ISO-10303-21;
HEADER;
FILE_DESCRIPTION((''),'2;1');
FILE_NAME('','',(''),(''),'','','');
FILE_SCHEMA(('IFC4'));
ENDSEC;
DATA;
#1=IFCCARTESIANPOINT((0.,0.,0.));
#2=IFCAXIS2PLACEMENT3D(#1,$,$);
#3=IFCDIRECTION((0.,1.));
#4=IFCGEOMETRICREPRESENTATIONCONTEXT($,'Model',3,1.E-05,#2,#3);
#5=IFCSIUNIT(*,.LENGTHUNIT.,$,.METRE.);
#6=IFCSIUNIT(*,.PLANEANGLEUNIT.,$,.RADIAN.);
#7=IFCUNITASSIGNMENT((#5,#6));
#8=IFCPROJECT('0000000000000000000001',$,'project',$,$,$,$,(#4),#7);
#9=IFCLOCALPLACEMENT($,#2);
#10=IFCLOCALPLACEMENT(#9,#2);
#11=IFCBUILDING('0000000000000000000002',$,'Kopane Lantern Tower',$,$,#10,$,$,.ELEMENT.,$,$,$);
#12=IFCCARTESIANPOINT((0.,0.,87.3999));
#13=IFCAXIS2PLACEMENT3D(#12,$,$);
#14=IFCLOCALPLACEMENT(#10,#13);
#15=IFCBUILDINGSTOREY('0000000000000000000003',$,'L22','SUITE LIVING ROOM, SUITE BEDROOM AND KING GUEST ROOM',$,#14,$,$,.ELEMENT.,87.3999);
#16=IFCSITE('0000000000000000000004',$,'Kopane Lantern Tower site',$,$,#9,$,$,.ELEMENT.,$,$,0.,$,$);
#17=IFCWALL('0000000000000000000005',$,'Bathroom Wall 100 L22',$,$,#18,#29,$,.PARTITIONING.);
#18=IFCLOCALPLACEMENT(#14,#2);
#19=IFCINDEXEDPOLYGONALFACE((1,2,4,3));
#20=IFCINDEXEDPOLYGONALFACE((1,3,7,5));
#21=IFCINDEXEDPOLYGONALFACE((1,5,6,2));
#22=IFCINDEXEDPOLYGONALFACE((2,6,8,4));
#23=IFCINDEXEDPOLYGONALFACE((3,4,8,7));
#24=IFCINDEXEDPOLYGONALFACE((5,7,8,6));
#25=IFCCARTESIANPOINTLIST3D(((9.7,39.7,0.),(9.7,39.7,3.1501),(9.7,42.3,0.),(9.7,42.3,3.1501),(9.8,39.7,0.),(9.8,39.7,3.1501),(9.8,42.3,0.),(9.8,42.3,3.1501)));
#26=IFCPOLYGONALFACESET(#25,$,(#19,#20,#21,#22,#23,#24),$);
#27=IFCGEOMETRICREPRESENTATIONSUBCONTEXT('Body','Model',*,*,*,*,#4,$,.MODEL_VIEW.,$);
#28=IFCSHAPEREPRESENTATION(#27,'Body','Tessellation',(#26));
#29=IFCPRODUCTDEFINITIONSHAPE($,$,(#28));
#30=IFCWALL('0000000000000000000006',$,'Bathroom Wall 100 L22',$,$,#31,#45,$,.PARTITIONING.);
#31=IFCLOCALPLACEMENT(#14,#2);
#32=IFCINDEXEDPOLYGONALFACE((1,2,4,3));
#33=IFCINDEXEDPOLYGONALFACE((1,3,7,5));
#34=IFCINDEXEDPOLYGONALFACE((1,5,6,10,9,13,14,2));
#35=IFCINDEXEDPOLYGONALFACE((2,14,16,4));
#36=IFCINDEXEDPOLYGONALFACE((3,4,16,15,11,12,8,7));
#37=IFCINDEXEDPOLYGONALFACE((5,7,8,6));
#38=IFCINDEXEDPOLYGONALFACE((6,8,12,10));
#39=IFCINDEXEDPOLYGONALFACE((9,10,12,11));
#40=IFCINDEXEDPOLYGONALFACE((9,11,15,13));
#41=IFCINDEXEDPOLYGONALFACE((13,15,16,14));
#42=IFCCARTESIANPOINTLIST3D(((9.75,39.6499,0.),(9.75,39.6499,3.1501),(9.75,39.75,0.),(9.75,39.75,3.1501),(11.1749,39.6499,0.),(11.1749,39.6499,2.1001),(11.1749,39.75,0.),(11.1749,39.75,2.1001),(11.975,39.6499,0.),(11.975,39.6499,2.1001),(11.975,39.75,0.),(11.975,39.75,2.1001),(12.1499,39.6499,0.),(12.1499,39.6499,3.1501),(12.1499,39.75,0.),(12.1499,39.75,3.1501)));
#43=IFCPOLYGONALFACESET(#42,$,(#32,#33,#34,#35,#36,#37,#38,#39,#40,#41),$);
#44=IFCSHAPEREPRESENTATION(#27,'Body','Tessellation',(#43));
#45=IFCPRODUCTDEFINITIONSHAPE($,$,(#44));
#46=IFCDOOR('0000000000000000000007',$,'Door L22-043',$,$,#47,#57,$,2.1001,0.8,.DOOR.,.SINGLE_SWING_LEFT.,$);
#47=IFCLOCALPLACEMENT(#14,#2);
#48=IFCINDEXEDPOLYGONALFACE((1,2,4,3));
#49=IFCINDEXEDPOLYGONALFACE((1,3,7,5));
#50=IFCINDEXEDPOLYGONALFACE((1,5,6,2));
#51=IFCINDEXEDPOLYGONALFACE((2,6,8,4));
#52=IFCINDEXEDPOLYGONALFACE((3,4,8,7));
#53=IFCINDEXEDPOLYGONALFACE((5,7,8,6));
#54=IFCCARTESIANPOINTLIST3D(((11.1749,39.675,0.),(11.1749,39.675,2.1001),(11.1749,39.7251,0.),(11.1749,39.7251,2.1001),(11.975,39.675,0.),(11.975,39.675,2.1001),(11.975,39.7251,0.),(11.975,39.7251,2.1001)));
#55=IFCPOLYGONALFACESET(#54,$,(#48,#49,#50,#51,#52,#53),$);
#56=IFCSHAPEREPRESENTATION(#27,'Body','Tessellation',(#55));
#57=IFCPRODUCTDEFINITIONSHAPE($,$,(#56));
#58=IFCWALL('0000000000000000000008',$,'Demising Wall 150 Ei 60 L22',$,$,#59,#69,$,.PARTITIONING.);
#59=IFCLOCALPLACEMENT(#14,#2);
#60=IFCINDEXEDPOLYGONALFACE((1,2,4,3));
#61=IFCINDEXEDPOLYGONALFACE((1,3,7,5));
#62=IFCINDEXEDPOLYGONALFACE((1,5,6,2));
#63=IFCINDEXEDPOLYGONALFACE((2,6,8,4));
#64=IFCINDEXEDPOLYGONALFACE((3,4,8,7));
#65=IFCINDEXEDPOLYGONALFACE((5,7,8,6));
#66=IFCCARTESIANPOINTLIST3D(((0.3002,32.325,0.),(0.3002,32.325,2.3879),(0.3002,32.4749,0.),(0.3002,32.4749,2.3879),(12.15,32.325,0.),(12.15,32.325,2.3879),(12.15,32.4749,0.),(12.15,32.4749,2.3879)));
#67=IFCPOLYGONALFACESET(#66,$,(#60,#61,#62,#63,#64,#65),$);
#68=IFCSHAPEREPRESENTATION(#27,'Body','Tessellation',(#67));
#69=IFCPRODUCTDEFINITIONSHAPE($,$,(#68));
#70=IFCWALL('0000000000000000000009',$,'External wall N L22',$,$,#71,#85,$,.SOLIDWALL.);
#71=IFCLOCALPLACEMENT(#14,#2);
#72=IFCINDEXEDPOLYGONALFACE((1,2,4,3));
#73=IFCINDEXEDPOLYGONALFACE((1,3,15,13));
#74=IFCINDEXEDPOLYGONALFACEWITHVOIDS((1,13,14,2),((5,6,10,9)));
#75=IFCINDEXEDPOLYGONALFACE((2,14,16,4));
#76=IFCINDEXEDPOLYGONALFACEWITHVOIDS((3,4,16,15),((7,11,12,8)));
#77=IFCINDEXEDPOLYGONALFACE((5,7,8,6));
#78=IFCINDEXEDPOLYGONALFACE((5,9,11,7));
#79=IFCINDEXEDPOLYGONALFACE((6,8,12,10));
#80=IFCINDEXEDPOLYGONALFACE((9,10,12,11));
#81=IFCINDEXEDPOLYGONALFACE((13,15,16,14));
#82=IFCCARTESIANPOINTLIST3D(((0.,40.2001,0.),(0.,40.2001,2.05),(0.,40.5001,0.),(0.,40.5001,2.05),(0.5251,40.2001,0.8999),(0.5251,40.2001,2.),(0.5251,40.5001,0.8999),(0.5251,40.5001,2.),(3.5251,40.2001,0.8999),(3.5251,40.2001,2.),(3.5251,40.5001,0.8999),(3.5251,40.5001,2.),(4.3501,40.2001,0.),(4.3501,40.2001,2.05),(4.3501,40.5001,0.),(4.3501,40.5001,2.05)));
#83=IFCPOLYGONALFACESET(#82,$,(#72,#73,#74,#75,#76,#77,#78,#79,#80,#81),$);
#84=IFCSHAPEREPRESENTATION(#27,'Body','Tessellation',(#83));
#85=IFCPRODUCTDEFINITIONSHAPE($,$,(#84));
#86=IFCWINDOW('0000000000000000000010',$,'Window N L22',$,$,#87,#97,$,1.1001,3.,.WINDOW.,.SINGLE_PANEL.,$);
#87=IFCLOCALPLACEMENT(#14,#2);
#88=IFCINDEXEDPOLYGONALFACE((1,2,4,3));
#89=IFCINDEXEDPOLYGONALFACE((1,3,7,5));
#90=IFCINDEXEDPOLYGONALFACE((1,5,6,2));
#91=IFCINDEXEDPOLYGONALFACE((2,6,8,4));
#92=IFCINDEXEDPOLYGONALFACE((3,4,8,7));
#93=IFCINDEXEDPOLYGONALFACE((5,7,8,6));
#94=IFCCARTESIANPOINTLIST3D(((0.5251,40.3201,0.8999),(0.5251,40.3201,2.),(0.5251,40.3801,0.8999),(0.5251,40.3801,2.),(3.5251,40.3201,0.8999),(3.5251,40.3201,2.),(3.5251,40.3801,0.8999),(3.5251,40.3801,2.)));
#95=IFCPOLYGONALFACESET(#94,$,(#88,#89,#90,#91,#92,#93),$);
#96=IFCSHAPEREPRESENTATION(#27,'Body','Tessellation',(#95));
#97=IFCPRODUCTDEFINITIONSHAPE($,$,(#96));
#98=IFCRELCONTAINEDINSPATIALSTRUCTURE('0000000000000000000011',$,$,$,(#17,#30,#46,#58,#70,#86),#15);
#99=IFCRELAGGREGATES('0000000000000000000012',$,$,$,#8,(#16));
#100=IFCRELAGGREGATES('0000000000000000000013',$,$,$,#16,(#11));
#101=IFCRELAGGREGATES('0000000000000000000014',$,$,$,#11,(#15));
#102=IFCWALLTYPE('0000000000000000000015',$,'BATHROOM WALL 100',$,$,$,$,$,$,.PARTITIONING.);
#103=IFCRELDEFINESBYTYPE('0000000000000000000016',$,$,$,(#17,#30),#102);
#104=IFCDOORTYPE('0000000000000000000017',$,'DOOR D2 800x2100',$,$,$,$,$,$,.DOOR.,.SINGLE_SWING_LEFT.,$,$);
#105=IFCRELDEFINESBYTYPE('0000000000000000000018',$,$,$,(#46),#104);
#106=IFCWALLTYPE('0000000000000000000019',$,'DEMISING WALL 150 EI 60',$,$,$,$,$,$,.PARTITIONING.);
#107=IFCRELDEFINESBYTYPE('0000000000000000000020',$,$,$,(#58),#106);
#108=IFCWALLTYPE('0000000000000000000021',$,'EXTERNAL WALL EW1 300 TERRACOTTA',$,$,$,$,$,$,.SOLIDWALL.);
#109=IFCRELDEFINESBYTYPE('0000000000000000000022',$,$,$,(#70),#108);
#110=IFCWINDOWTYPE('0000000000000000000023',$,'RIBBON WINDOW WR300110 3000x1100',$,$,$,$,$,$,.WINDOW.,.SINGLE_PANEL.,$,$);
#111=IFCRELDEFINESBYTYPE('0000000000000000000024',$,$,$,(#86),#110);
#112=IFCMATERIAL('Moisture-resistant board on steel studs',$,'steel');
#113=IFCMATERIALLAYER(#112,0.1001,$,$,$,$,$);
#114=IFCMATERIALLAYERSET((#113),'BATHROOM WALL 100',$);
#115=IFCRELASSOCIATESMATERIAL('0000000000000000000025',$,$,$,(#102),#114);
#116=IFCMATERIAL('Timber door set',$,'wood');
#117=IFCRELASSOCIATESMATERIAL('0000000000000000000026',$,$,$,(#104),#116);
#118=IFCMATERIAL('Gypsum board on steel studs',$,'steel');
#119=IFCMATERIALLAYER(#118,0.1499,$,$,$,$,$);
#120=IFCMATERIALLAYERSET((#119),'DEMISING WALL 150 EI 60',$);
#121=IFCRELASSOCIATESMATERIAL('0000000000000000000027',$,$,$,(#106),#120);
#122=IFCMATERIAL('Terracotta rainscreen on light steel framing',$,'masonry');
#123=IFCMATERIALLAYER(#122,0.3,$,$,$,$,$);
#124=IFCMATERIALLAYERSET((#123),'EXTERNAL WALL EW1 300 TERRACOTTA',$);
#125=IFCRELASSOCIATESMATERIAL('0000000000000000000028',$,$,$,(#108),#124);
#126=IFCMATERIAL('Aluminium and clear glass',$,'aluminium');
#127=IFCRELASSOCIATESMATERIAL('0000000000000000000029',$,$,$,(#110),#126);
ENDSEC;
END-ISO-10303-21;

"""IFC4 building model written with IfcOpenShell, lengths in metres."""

from ifc_helpers import new_model, si_unit, direction, frame, frame_2d, origin, place, context, subcontext, project, spatial, rectangle, extrude, material, layer, layer_set, type_object, element, fill, save


model = new_model("IFC4")

# Units and contexts
model_context = context("Model", 3, precision=1e-05, world=origin(), true_north=direction((0.0, 1.0)))
body_context = subcontext(model_context, "Body", "Model", "MODEL_VIEW")
ifc_project = project(units=[si_unit("LENGTHUNIT", "METRE"), si_unit("PLANEANGLEUNIT", "RADIAN")], contexts=[model_context])

# Site, building, storey
site_placement = place(None, origin())
site = spatial("IfcSite", under=ifc_project, at=site_placement, Name="Kopane Lantern Tower site", CompositionType="ELEMENT", RefElevation=0.0)
building_placement = place(site_placement, origin())
building = spatial("IfcBuilding", under=site, at=building_placement, Name="Kopane Lantern Tower", CompositionType="ELEMENT")
storey_placement = place(building_placement, frame((0.0, 0.0, 87.3999)))
storey = spatial("IfcBuildingStorey", under=building, at=storey_placement, Name="L22", Description="SUITE LIVING ROOM, SUITE BEDROOM AND KING GUEST ROOM", CompositionType="ELEMENT", Elevation=87.3999)

# Shared definitions
ifc_material_1 = material(Name="Moisture-resistant board on steel studs", Category="steel")
ifc_layer_1 = layer(ifc_material_1, 0.1001)
ifc_layer_set_1 = layer_set([ifc_layer_1], Name="BATHROOM WALL 100")
wall_type_1 = type_object("IfcWallType", Name="BATHROOM WALL 100", PredefinedType="PARTITIONING", material=ifc_layer_set_1)

# Shared definitions
ifc_material_2 = material(Name="Timber door set", Category="wood")
door_type_1 = type_object("IfcDoorType", Name="DOOR D2 800x2100", OperationType="SINGLE_SWING_LEFT", PredefinedType="DOOR", material=ifc_material_2)

# Wall
wall_1_placement = place(storey_placement, frame((9.75, 39.7, 0.0), z_axis=(0.0, 0.0, 1.0), x_axis=(0.0, 1.0, 0.0)))
element("IfcWall", 1, at=wall_1_placement, inside=storey, type_object=wall_type_1, Name="Bathroom Wall 100 L22", PredefinedType="PARTITIONING", context=body_context, shape_type="SweptSolid", body=[
    extrude(rectangle(XDim=2.6001, YDim=0.1001, at=frame_2d((1.3, 0.0))), origin(), (0.0, 0.0, 1.0), 3.1501),
])

# Wall, opening, door
wall_2_placement = place(storey_placement, frame((12.1499, 39.7, 0.0), z_axis=(0.0, 0.0, 1.0), x_axis=(-1.0, 0.0, 0.0)))
wall_2 = element("IfcWall", 2, at=wall_2_placement, inside=storey, type_object=wall_type_1, Name="Bathroom Wall 100 L22", PredefinedType="PARTITIONING", context=body_context, shape_type="SweptSolid", body=[
    extrude(rectangle(XDim=2.3999, YDim=0.1001, at=frame_2d((1.2, 0.0))), origin(), (0.0, 0.0, 1.0), 3.1501),
])
opening_1_placement = place(wall_2_placement, frame((0.175, 0.0, 0.0)))
opening_1 = element("IfcOpeningElement", 3, at=opening_1_placement, cuts=wall_2, PredefinedType="OPENING", context=body_context, shape_type="SweptSolid", body=[
    extrude(rectangle(XDim=0.8, YDim=2.1001, at=frame_2d((0.3999, 1.05))), frame((0.0, 0.0601, 0.0), z_axis=(0.0, -1.0, 0.0), x_axis=(1.0, 0.0, 0.0)), (0.0, 0.0, 1.0), 0.1201),
])
door_1_placement = place(opening_1_placement, origin())
door_1 = element("IfcDoor", 4, at=door_1_placement, inside=storey, type_object=door_type_1, Name="Door L22-043", OperationType="SINGLE_SWING_LEFT", OverallHeight=2.1001, OverallWidth=0.8, PredefinedType="DOOR", context=body_context, shape_type="SweptSolid", body=[
    extrude(rectangle(XDim=0.8, YDim=2.1001, at=frame_2d((0.3999, 1.05))), frame((0.0, 0.0249, 0.0), z_axis=(0.0, -1.0, 0.0), x_axis=(1.0, 0.0, 0.0)), (0.0, 0.0, 1.0), 0.05),
])
fill(opening_1, door_1)

# Wall
ifc_material_3 = material(Name="Gypsum board on steel studs", Category="steel")
ifc_layer_2 = layer(ifc_material_3, 0.1499)
ifc_layer_set_2 = layer_set([ifc_layer_2], Name="DEMISING WALL 150 EI 60")
wall_type_2 = type_object("IfcWallType", Name="DEMISING WALL 150 EI 60", PredefinedType="PARTITIONING", material=ifc_layer_set_2)
wall_3_placement = place(storey_placement, frame((12.1499, 32.3999, 0.0), z_axis=(0.0, 0.0, 1.0), x_axis=(-1.0, 0.0, 0.0)))
element("IfcWall", 5, at=wall_3_placement, inside=storey, type_object=wall_type_2, Name="Demising Wall 150 Ei 60 L22", PredefinedType="PARTITIONING", context=body_context, shape_type="SweptSolid", body=[
    extrude(rectangle(XDim=11.8499, YDim=0.1499, at=frame_2d((5.9248, 0.0))), origin(), (0.0, 0.0, 1.0), 2.3879),
])

# Wall, opening, window
ifc_material_4 = material(Name="Terracotta rainscreen on light steel framing", Category="masonry")
ifc_layer_3 = layer(ifc_material_4, 0.3)
ifc_layer_set_3 = layer_set([ifc_layer_3], Name="EXTERNAL WALL EW1 300 TERRACOTTA")
wall_type_3 = type_object("IfcWallType", Name="EXTERNAL WALL EW1 300 TERRACOTTA", PredefinedType="SOLIDWALL", material=ifc_layer_set_3)
wall_4_placement = place(storey_placement, frame((4.3501, 40.3501, 0.0), z_axis=(0.0, 0.0, 1.0), x_axis=(-1.0, 0.0, 0.0)))
wall_4 = element("IfcWall", 6, at=wall_4_placement, inside=storey, type_object=wall_type_3, Name="External wall N L22", PredefinedType="SOLIDWALL", context=body_context, shape_type="SweptSolid", body=[
    extrude(rectangle(XDim=4.3501, YDim=0.3, at=frame_2d((2.175, 0.0))), origin(), (0.0, 0.0, 1.0), 2.05),
])
opening_2_placement = place(wall_4_placement, frame((0.825, 0.0, 0.8999)))
opening_2 = element("IfcOpeningElement", 7, at=opening_2_placement, cuts=wall_4, PredefinedType="OPENING", context=body_context, shape_type="SweptSolid", body=[
    extrude(rectangle(XDim=3.0, YDim=1.1001, at=frame_2d((1.5, 0.55))), frame((0.0, 0.1599, 0.0), z_axis=(0.0, -1.0, 0.0), x_axis=(1.0, 0.0, 0.0)), (0.0, 0.0, 1.0), 0.3201),
])
ifc_material_5 = material(Name="Aluminium and clear glass", Category="aluminium")
window_type = type_object("IfcWindowType", Name="RIBBON WINDOW WR300110 3000x1100", PartitioningType="SINGLE_PANEL", PredefinedType="WINDOW", material=ifc_material_5)
window_1_placement = place(opening_2_placement, origin())
window_1 = element("IfcWindow", 8, at=window_1_placement, inside=storey, type_object=window_type, Name="Window N L22", OverallHeight=1.1001, OverallWidth=3.0, PartitioningType="SINGLE_PANEL", PredefinedType="WINDOW", context=body_context, shape_type="SweptSolid", body=[
    extrude(rectangle(XDim=3.0, YDim=1.1001, at=frame_2d((1.5, 0.55))), frame((0.0, 0.03, 0.0), z_axis=(0.0, -1.0, 0.0), x_axis=(1.0, 0.0, 0.0)), (0.0, 0.0, 1.0), 0.0601),
])
fill(opening_2, window_1)

save(model, "model.ifc")
